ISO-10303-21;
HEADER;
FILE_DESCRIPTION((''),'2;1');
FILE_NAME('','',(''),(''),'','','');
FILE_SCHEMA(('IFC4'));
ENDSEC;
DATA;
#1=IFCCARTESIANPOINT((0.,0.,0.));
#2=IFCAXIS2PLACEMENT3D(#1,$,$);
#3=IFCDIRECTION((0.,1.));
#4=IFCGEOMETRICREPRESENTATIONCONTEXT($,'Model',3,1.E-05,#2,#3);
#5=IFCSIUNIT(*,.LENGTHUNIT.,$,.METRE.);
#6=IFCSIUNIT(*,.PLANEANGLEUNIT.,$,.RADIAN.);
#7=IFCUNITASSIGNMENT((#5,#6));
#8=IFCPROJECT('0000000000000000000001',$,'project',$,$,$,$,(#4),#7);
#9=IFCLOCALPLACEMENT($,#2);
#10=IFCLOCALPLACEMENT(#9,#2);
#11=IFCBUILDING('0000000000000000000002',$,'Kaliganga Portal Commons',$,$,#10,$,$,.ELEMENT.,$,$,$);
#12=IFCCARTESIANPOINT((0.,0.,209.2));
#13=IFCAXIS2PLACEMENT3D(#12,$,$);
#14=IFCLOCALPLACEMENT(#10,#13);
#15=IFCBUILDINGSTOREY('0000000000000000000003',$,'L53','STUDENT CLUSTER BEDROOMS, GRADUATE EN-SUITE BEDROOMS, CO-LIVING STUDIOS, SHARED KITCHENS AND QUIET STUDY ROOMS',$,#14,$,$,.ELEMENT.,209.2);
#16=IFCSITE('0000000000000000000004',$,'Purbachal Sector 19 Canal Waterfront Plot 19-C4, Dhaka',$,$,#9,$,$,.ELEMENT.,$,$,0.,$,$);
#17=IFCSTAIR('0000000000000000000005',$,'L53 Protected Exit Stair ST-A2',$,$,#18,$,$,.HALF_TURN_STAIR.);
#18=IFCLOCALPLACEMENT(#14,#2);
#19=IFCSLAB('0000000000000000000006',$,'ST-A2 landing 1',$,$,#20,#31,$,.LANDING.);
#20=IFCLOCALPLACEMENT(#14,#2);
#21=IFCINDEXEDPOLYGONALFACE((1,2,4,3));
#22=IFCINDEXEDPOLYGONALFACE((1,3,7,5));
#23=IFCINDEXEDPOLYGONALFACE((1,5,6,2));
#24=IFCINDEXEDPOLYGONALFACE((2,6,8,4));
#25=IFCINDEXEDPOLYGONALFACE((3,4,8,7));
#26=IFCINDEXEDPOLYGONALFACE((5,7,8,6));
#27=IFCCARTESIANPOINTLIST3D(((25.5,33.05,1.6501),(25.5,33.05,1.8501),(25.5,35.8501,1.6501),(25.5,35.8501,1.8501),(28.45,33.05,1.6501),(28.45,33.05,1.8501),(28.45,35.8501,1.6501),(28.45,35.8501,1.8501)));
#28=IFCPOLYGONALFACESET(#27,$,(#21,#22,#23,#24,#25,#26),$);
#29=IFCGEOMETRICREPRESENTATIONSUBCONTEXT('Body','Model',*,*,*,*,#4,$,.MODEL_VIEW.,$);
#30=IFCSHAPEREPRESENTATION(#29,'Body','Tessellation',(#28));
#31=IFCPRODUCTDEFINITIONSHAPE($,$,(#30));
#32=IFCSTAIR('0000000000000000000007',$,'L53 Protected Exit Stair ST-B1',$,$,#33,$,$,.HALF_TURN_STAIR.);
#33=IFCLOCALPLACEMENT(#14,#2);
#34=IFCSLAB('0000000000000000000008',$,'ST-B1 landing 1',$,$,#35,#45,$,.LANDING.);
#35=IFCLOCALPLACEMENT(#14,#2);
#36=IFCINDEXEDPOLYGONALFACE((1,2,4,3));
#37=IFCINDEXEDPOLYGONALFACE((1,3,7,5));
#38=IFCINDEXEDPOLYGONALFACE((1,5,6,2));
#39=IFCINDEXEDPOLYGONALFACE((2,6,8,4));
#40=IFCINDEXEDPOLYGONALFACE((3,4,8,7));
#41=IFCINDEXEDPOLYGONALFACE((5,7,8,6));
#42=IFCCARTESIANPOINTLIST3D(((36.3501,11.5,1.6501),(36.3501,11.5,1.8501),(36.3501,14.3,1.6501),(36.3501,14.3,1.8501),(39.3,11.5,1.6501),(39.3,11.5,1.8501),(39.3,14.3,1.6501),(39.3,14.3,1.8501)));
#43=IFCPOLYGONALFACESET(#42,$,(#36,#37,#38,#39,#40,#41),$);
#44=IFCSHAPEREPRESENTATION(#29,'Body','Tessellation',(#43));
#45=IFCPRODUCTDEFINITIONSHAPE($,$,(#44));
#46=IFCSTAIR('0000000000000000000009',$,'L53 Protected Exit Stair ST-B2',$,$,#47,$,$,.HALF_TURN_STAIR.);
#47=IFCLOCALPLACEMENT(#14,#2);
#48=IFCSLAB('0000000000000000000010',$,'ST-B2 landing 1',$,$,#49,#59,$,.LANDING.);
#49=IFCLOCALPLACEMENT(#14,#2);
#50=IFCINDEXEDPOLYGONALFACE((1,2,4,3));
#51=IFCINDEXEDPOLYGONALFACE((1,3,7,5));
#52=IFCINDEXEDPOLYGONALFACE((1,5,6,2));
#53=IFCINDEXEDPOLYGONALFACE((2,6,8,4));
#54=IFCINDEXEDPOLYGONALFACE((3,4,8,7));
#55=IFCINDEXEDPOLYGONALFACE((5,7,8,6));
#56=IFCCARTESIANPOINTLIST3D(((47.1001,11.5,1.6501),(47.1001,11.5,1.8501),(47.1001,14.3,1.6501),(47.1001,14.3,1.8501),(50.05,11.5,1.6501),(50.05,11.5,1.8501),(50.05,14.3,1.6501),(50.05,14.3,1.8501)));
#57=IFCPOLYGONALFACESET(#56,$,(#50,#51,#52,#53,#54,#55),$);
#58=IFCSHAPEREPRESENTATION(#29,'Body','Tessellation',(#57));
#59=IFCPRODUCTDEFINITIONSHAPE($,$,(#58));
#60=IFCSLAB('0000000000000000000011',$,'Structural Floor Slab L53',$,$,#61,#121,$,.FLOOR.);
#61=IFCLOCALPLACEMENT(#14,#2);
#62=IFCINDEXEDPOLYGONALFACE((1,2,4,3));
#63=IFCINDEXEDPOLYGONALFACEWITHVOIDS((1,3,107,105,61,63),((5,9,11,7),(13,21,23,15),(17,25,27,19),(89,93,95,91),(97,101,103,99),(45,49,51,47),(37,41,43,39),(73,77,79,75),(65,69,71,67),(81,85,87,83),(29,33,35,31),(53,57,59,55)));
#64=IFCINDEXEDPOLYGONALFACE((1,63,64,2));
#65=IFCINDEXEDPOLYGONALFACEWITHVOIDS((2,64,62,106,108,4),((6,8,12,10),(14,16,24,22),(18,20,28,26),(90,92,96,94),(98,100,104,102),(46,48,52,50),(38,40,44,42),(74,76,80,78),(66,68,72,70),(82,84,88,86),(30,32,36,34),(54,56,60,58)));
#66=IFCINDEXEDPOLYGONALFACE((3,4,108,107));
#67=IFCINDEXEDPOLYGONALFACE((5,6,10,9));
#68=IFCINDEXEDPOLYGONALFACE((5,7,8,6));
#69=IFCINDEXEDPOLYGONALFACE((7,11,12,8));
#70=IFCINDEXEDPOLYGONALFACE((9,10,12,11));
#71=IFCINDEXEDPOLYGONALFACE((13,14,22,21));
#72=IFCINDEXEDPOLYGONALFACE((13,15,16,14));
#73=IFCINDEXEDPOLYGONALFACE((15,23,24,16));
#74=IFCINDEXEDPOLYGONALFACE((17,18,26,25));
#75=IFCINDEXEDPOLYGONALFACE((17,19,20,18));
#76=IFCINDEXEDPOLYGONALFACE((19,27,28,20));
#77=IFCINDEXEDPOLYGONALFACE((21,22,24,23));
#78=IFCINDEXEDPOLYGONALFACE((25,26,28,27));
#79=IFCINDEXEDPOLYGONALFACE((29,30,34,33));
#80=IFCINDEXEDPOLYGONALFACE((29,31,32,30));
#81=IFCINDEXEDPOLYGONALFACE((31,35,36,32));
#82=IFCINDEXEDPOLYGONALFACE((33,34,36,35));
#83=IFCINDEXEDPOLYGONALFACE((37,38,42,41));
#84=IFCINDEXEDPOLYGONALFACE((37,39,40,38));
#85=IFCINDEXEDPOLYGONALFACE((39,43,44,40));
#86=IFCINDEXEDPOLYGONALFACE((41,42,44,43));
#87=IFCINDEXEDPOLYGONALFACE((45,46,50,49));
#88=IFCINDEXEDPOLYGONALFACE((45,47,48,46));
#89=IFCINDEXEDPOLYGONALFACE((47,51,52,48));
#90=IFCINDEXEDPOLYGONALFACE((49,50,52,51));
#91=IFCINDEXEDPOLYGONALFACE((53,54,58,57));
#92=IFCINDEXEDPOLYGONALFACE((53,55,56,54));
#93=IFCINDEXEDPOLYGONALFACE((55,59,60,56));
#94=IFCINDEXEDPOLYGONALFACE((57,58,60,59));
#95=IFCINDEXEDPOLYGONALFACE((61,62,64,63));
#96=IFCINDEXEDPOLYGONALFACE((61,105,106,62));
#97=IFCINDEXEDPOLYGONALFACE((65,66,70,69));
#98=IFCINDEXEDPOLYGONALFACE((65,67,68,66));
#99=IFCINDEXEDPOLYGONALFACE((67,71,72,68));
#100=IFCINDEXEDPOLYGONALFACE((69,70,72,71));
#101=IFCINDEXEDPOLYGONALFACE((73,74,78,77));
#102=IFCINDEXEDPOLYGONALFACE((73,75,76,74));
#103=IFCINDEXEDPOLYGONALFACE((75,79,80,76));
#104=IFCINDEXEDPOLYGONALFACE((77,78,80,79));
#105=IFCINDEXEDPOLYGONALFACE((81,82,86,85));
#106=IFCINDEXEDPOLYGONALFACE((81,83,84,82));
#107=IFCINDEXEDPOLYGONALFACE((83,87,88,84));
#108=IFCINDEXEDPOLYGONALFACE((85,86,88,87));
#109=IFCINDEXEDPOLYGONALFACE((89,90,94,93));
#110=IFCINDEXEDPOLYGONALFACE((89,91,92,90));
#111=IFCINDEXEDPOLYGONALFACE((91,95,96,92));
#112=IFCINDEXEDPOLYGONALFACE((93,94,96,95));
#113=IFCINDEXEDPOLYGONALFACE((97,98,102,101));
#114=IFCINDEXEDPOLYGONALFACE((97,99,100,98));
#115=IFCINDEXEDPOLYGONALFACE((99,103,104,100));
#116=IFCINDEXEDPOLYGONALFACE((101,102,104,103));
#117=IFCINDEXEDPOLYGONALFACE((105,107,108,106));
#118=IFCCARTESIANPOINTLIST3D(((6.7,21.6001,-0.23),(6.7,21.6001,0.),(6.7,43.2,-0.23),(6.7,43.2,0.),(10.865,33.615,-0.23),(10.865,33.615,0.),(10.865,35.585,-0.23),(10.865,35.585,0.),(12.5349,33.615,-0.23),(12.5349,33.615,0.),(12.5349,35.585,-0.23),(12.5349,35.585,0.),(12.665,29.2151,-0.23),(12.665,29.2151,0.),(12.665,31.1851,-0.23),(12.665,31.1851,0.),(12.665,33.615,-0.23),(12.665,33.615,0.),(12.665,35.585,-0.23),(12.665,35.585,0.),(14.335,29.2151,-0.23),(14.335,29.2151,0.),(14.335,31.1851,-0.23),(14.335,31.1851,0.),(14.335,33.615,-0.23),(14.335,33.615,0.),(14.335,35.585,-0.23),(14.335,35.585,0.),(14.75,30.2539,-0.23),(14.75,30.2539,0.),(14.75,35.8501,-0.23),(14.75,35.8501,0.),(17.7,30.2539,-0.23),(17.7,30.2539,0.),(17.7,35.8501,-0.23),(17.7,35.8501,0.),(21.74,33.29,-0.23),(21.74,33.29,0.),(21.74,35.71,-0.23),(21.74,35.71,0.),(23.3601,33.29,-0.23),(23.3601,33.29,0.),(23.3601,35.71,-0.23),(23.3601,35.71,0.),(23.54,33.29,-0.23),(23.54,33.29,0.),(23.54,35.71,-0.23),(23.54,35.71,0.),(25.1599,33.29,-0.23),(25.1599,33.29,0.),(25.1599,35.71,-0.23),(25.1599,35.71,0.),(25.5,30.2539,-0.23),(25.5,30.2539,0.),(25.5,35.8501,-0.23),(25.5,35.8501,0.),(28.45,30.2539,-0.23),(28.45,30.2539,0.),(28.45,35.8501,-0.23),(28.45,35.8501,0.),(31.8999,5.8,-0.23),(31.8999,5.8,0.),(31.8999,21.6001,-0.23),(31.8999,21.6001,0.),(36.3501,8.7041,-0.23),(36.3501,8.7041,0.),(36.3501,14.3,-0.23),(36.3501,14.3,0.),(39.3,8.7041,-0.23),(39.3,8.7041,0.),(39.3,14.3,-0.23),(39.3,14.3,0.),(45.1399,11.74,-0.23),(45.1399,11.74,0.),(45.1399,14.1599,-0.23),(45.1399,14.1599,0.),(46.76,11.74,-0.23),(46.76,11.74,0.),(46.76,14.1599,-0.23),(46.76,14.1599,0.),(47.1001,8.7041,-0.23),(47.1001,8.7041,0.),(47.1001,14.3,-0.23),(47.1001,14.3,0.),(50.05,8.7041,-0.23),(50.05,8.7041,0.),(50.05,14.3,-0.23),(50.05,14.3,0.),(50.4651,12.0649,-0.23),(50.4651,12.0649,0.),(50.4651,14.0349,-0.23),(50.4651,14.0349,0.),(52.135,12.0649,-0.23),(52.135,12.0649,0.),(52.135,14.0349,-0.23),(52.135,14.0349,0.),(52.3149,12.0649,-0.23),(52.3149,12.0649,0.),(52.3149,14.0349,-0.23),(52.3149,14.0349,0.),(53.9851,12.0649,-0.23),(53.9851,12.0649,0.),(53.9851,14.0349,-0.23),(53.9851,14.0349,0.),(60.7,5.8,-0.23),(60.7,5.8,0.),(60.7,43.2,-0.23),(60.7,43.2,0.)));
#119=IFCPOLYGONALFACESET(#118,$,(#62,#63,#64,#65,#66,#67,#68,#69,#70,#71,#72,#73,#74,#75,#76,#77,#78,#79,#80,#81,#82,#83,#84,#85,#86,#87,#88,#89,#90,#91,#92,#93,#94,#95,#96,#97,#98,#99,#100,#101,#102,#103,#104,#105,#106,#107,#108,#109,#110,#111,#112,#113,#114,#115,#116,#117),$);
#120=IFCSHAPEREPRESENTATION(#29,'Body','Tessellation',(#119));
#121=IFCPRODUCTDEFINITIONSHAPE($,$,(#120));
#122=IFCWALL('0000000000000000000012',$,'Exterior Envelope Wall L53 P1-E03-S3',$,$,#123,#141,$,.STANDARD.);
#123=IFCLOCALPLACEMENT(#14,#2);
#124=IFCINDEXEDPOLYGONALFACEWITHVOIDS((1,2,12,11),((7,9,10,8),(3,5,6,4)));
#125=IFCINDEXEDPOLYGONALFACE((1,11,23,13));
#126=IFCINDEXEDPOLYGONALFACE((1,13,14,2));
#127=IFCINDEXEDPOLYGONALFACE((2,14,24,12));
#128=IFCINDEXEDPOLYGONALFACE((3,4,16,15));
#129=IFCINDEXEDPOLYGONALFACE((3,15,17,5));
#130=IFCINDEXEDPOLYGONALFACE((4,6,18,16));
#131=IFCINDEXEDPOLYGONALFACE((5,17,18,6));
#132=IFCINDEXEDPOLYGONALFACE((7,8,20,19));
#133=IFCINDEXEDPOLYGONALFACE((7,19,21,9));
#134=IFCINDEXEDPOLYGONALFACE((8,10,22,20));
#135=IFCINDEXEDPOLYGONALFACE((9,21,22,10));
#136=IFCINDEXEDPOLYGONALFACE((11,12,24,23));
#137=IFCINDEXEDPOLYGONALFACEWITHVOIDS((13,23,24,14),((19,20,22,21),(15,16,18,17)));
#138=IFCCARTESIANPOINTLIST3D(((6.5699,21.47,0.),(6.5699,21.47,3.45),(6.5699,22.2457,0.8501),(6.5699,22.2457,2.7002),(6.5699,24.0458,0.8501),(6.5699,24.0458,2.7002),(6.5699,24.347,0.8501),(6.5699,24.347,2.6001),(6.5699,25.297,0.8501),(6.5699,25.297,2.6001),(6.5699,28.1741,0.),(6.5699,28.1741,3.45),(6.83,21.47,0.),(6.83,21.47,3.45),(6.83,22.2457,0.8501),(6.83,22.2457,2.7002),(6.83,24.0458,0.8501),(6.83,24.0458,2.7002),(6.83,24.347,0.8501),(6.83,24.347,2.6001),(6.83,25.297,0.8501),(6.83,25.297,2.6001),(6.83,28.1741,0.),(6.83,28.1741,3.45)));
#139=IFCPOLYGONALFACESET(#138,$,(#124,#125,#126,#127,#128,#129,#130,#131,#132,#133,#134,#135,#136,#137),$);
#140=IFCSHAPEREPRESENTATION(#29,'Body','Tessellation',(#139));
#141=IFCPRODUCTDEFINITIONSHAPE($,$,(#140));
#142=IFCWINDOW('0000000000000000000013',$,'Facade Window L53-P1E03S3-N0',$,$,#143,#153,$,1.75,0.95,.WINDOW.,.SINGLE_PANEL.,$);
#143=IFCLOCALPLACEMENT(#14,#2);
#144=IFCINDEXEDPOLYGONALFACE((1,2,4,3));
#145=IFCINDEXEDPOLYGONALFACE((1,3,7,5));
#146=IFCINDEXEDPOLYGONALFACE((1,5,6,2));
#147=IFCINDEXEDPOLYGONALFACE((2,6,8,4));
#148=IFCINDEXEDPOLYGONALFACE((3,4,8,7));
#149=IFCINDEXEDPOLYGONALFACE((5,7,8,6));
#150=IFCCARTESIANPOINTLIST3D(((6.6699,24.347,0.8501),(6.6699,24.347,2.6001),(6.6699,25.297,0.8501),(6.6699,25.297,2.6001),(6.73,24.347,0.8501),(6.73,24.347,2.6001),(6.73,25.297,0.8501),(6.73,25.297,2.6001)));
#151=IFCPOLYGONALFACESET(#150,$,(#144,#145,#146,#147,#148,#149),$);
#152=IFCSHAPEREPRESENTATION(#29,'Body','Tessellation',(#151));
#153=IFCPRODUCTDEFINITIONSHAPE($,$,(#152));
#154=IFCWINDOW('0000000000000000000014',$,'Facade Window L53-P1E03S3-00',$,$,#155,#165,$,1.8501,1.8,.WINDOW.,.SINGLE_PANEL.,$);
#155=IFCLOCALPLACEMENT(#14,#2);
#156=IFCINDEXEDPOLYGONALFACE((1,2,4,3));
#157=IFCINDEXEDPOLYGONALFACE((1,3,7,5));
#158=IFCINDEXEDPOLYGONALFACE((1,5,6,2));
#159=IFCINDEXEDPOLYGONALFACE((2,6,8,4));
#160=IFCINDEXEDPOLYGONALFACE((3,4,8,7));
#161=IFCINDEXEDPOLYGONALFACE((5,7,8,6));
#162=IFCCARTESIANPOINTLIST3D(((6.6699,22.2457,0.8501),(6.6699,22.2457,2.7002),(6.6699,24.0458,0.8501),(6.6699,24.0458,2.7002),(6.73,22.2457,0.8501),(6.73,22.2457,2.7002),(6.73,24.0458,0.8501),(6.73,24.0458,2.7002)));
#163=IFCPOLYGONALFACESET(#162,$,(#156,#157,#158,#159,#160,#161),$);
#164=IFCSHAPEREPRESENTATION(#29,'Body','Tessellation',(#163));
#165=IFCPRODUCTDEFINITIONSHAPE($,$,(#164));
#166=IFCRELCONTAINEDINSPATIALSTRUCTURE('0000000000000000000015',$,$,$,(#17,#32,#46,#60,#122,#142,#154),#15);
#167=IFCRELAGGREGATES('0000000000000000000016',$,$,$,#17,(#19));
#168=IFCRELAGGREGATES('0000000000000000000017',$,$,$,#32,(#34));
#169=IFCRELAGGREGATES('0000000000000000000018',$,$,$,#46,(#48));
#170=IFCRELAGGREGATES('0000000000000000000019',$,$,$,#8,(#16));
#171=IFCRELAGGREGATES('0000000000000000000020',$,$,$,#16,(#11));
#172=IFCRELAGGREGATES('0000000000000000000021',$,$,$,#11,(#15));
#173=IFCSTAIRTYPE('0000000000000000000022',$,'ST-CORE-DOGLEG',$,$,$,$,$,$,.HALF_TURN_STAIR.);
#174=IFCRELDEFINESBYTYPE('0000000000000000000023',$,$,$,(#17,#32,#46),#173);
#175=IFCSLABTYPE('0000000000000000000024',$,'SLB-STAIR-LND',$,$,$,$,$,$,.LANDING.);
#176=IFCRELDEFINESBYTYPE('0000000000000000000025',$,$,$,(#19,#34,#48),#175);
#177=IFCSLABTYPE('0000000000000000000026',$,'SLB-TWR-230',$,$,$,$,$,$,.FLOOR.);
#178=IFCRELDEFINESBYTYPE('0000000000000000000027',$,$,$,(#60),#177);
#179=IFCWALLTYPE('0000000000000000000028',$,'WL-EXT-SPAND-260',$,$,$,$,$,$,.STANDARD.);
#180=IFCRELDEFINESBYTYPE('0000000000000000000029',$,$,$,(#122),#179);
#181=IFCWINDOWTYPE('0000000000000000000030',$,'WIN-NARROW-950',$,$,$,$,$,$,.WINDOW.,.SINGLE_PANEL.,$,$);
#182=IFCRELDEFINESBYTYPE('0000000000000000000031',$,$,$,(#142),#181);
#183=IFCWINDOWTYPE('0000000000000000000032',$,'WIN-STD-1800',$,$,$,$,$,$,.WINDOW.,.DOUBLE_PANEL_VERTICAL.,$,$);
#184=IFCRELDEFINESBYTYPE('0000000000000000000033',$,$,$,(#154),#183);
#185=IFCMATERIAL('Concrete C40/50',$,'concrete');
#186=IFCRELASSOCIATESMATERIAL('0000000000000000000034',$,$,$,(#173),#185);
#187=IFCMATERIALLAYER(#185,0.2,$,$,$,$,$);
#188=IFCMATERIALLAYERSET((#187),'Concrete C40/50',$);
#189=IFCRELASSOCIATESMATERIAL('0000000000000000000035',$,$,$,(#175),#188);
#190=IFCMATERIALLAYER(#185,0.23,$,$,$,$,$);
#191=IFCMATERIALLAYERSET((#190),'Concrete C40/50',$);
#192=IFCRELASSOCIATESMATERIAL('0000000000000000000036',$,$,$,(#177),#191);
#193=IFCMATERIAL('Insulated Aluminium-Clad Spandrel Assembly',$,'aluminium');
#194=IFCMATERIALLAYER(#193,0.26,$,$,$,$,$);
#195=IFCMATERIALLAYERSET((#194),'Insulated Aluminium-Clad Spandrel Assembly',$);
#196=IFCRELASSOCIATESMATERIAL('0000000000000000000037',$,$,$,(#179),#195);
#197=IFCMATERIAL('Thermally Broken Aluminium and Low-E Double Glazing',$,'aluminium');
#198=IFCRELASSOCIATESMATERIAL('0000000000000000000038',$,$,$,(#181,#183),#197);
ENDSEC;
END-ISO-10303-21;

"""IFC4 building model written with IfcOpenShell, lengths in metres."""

from ifc_helpers import new_model, si_unit, direction, frame, frame_2d, origin, place, context, subcontext, project, spatial, polyline, rectangle, outline, extrude, material, layer, layer_set, type_object, element, fill, aggregate, save


model = new_model("IFC4")

# Units and contexts
model_context = context("Model", 3, precision=1e-05, world=origin(), true_north=direction((0.0, 1.0)))
body_context = subcontext(model_context, "Body", "Model", "MODEL_VIEW")
ifc_project = project(units=[si_unit("LENGTHUNIT", "METRE"), si_unit("PLANEANGLEUNIT", "RADIAN")], contexts=[model_context])

# Site, building, storey
site_placement = place(None, origin())
site = spatial("IfcSite", under=ifc_project, at=site_placement, Name="Purbachal Sector 19 Canal Waterfront Plot 19-C4, Dhaka", CompositionType="ELEMENT", RefElevation=0.0)
building_placement = place(site_placement, origin())
building = spatial("IfcBuilding", under=site, at=building_placement, Name="Kaliganga Portal Commons", CompositionType="ELEMENT")
storey_placement = place(building_placement, frame((0.0, 0.0, 209.2)))
storey = spatial("IfcBuildingStorey", under=building, at=storey_placement, Name="L53", Description="STUDENT CLUSTER BEDROOMS, GRADUATE EN-SUITE BEDROOMS, CO-LIVING STUDIOS, SHARED KITCHENS AND QUIET STUDY ROOMS", CompositionType="ELEMENT", Elevation=209.2)

# Shared definitions
ifc_material_1 = material(Name="Concrete C40/50", Category="concrete")

# Stairs, slabs
stair_type = type_object("IfcStairType", Name="ST-CORE-DOGLEG", PredefinedType="HALF_TURN_STAIR", material=ifc_material_1)
ifc_layer_1 = layer(ifc_material_1, 0.2)
ifc_layer_set_1 = layer_set([ifc_layer_1], Name="Concrete C40/50")
slab_type_1 = type_object("IfcSlabType", Name="SLB-STAIR-LND", PredefinedType="LANDING", material=ifc_layer_set_1)
stair_1_placement = place(storey_placement, origin())
stair_1 = element("IfcStair", 1, at=stair_1_placement, inside=storey, type_object=stair_type, Name="L53 Protected Exit Stair ST-A2", PredefinedType="HALF_TURN_STAIR")
slab_1_placement = place(storey_placement, frame((0.0, 0.0, 1.6501)))
slab_1 = element("IfcSlab", 2, at=slab_1_placement, type_object=slab_type_1, Name="ST-A2 landing 1", PredefinedType="LANDING", context=body_context, shape_type="SweptSolid", body=[
    extrude(outline(polyline([(28.45, 33.05), (28.45, 35.8501), (25.5, 35.8501), (25.5, 33.05), (28.45, 33.05)])), origin(), (0.0, 0.0, 1.0), 0.2),
])
aggregate(stair_1, [slab_1])
stair_2_placement = place(storey_placement, origin())
stair_2 = element("IfcStair", 3, at=stair_2_placement, inside=storey, type_object=stair_type, Name="L53 Protected Exit Stair ST-B1", PredefinedType="HALF_TURN_STAIR")
slab_2_placement = place(storey_placement, frame((0.0, 0.0, 1.6501)))
slab_2 = element("IfcSlab", 4, at=slab_2_placement, type_object=slab_type_1, Name="ST-B1 landing 1", PredefinedType="LANDING", context=body_context, shape_type="SweptSolid", body=[
    extrude(outline(polyline([(39.3, 11.5), (39.3, 14.3), (36.3501, 14.3), (36.3501, 11.5), (39.3, 11.5)])), origin(), (0.0, 0.0, 1.0), 0.2),
])
aggregate(stair_2, [slab_2])
stair_3_placement = place(storey_placement, origin())
stair_3 = element("IfcStair", 5, at=stair_3_placement, inside=storey, type_object=stair_type, Name="L53 Protected Exit Stair ST-B2", PredefinedType="HALF_TURN_STAIR")
slab_3_placement = place(storey_placement, frame((0.0, 0.0, 1.6501)))
slab_3 = element("IfcSlab", 6, at=slab_3_placement, type_object=slab_type_1, Name="ST-B2 landing 1", PredefinedType="LANDING", context=body_context, shape_type="SweptSolid", body=[
    extrude(outline(polyline([(50.05, 11.5), (50.05, 14.3), (47.1001, 14.3), (47.1001, 11.5), (50.05, 11.5)])), origin(), (0.0, 0.0, 1.0), 0.2),
])
aggregate(stair_3, [slab_3])

# Slab
ifc_layer_2 = layer(ifc_material_1, 0.23)
ifc_layer_set_2 = layer_set([ifc_layer_2], Name="Concrete C40/50")
slab_type_2 = type_object("IfcSlabType", Name="SLB-TWR-230", PredefinedType="FLOOR", material=ifc_layer_set_2)
slab_4_placement = place(storey_placement, frame((0.0, 0.0, -0.23)))
element("IfcSlab", 7, at=slab_4_placement, inside=storey, type_object=slab_type_2, Name="Structural Floor Slab L53", PredefinedType="FLOOR", context=body_context, shape_type="SweptSolid", body=[
    extrude(outline(polyline([(31.8999, 5.8), (60.7, 5.8), (60.7, 43.2), (6.7, 43.2), (6.7, 21.6001), (31.8999, 21.6001), (31.8999, 5.8)]), holes=[polyline([(14.75, 30.2539), (14.75, 35.8501), (17.7, 35.8501), (17.7, 30.2539), (14.75, 30.2539)]), polyline([(25.5, 30.2539), (25.5, 35.8501), (28.45, 35.8501), (28.45, 30.2539), (25.5, 30.2539)]), polyline([(36.3501, 8.7041), (36.3501, 14.3), (39.3, 14.3), (39.3, 8.7041), (36.3501, 8.7041)]), polyline([(47.1001, 8.7041), (47.1001, 14.3), (50.05, 14.3), (50.05, 8.7041), (47.1001, 8.7041)]), polyline([(12.665, 33.615), (12.665, 35.585), (14.335, 35.585), (14.335, 33.615), (12.665, 33.615)]), polyline([(12.665, 29.2151), (12.665, 31.1851), (14.335, 31.1851), (14.335, 29.2151), (12.665, 29.2151)]), polyline([(10.865, 33.615), (10.865, 35.585), (12.5349, 35.585), (12.5349, 33.615), (10.865, 33.615)]), polyline([(21.74, 33.29), (21.74, 35.71), (23.3601, 35.71), (23.3601, 33.29), (21.74, 33.29)]), polyline([(23.54, 33.29), (23.54, 35.71), (25.1599, 35.71), (25.1599, 33.29), (23.54, 33.29)]), polyline([(50.4651, 12.0649), (50.4651, 14.0349), (52.135, 14.0349), (52.135, 12.0649), (50.4651, 12.0649)]), polyline([(52.3149, 12.0649), (52.3149, 14.0349), (53.9851, 14.0349), (53.9851, 12.0649), (52.3149, 12.0649)]), polyline([(45.1399, 11.74), (45.1399, 14.1599), (46.76, 14.1599), (46.76, 11.74), (45.1399, 11.74)])]), origin(), (0.0, 0.0, 1.0), 0.23),
])

# Wall, openings, windows
ifc_material_2 = material(Name="Insulated Aluminium-Clad Spandrel Assembly", Category="aluminium")
ifc_layer_3 = layer(ifc_material_2, 0.26)
ifc_layer_set_3 = layer_set([ifc_layer_3], Name="Insulated Aluminium-Clad Spandrel Assembly")
wall_type_1 = type_object("IfcWallType", Name="WL-EXT-SPAND-260", PredefinedType="STANDARD", material=ifc_layer_set_3)
wall_1_placement = place(storey_placement, frame((6.7, 21.47, 0.0), z_axis=(0.0, 0.0, 1.0), x_axis=(0.0, 1.0, 0.0)))
wall_1 = element("IfcWall", 8, at=wall_1_placement, inside=storey, type_object=wall_type_1, Name="Exterior Envelope Wall L53 P1-E03-S3", PredefinedType="STANDARD", context=body_context, shape_type="SweptSolid", body=[
    extrude(rectangle(XDim=6.7041, YDim=0.26, at=frame_2d((3.3521, 0.0))), origin(), (0.0, 0.0, 1.0), 3.45),
])
opening_1_placement = place(wall_1_placement, frame((0.7759, 0.0, 0.8501)))
opening_1 = element("IfcOpeningElement", 9, at=opening_1_placement, cuts=wall_1, PredefinedType="OPENING", context=body_context, shape_type="SweptSolid", body=[
    extrude(rectangle(XDim=1.8, YDim=1.8501, at=frame_2d((0.8999, 0.925))), frame((0.0, 0.1401, 0.0), z_axis=(0.0, -1.0, 0.0), x_axis=(1.0, 0.0, 0.0)), (0.0, 0.0, 1.0), 0.28),
])
opening_2_placement = place(wall_1_placement, frame((2.877, 0.0, 0.8501)))
opening_2 = element("IfcOpeningElement", 10, at=opening_2_placement, cuts=wall_1, PredefinedType="OPENING", context=body_context, shape_type="SweptSolid", body=[
    extrude(rectangle(XDim=0.95, YDim=1.75, at=frame_2d((0.4751, 0.875))), frame((0.0, 0.1401, 0.0), z_axis=(0.0, -1.0, 0.0), x_axis=(1.0, 0.0, 0.0)), (0.0, 0.0, 1.0), 0.28),
])
ifc_material_3 = material(Name="Thermally Broken Aluminium and Low-E Double Glazing", Category="aluminium")
window_type_1 = type_object("IfcWindowType", Name="WIN-NARROW-950", PartitioningType="SINGLE_PANEL", PredefinedType="WINDOW", material=ifc_material_3)
window_1_placement = place(opening_2_placement, origin())
window_1 = element("IfcWindow", 11, at=window_1_placement, inside=storey, type_object=window_type_1, Name="Facade Window L53-P1E03S3-N0", OverallHeight=1.75, OverallWidth=0.95, PartitioningType="SINGLE_PANEL", PredefinedType="WINDOW", context=body_context, shape_type="SweptSolid", body=[
    extrude(rectangle(XDim=0.95, YDim=1.75, at=frame_2d((0.4751, 0.875))), frame((0.0, 0.03, 0.0), z_axis=(0.0, -1.0, 0.0), x_axis=(1.0, 0.0, 0.0)), (0.0, 0.0, 1.0), 0.0601),
])
fill(opening_2, window_1)
window_type_2 = type_object("IfcWindowType", Name="WIN-STD-1800", PartitioningType="DOUBLE_PANEL_VERTICAL", PredefinedType="WINDOW", material=ifc_material_3)
window_2_placement = place(opening_1_placement, origin())
window_2 = element("IfcWindow", 12, at=window_2_placement, inside=storey, type_object=window_type_2, Name="Facade Window L53-P1E03S3-00", OverallHeight=1.8501, OverallWidth=1.8, PartitioningType="SINGLE_PANEL", PredefinedType="WINDOW", context=body_context, shape_type="SweptSolid", body=[
    extrude(rectangle(XDim=1.8, YDim=1.8501, at=frame_2d((0.8999, 0.925))), frame((0.0, 0.03, 0.0), z_axis=(0.0, -1.0, 0.0), x_axis=(1.0, 0.0, 0.0)), (0.0, 0.0, 1.0), 0.0601),
])
fill(opening_1, window_2)

save(model, "model.ifc")
